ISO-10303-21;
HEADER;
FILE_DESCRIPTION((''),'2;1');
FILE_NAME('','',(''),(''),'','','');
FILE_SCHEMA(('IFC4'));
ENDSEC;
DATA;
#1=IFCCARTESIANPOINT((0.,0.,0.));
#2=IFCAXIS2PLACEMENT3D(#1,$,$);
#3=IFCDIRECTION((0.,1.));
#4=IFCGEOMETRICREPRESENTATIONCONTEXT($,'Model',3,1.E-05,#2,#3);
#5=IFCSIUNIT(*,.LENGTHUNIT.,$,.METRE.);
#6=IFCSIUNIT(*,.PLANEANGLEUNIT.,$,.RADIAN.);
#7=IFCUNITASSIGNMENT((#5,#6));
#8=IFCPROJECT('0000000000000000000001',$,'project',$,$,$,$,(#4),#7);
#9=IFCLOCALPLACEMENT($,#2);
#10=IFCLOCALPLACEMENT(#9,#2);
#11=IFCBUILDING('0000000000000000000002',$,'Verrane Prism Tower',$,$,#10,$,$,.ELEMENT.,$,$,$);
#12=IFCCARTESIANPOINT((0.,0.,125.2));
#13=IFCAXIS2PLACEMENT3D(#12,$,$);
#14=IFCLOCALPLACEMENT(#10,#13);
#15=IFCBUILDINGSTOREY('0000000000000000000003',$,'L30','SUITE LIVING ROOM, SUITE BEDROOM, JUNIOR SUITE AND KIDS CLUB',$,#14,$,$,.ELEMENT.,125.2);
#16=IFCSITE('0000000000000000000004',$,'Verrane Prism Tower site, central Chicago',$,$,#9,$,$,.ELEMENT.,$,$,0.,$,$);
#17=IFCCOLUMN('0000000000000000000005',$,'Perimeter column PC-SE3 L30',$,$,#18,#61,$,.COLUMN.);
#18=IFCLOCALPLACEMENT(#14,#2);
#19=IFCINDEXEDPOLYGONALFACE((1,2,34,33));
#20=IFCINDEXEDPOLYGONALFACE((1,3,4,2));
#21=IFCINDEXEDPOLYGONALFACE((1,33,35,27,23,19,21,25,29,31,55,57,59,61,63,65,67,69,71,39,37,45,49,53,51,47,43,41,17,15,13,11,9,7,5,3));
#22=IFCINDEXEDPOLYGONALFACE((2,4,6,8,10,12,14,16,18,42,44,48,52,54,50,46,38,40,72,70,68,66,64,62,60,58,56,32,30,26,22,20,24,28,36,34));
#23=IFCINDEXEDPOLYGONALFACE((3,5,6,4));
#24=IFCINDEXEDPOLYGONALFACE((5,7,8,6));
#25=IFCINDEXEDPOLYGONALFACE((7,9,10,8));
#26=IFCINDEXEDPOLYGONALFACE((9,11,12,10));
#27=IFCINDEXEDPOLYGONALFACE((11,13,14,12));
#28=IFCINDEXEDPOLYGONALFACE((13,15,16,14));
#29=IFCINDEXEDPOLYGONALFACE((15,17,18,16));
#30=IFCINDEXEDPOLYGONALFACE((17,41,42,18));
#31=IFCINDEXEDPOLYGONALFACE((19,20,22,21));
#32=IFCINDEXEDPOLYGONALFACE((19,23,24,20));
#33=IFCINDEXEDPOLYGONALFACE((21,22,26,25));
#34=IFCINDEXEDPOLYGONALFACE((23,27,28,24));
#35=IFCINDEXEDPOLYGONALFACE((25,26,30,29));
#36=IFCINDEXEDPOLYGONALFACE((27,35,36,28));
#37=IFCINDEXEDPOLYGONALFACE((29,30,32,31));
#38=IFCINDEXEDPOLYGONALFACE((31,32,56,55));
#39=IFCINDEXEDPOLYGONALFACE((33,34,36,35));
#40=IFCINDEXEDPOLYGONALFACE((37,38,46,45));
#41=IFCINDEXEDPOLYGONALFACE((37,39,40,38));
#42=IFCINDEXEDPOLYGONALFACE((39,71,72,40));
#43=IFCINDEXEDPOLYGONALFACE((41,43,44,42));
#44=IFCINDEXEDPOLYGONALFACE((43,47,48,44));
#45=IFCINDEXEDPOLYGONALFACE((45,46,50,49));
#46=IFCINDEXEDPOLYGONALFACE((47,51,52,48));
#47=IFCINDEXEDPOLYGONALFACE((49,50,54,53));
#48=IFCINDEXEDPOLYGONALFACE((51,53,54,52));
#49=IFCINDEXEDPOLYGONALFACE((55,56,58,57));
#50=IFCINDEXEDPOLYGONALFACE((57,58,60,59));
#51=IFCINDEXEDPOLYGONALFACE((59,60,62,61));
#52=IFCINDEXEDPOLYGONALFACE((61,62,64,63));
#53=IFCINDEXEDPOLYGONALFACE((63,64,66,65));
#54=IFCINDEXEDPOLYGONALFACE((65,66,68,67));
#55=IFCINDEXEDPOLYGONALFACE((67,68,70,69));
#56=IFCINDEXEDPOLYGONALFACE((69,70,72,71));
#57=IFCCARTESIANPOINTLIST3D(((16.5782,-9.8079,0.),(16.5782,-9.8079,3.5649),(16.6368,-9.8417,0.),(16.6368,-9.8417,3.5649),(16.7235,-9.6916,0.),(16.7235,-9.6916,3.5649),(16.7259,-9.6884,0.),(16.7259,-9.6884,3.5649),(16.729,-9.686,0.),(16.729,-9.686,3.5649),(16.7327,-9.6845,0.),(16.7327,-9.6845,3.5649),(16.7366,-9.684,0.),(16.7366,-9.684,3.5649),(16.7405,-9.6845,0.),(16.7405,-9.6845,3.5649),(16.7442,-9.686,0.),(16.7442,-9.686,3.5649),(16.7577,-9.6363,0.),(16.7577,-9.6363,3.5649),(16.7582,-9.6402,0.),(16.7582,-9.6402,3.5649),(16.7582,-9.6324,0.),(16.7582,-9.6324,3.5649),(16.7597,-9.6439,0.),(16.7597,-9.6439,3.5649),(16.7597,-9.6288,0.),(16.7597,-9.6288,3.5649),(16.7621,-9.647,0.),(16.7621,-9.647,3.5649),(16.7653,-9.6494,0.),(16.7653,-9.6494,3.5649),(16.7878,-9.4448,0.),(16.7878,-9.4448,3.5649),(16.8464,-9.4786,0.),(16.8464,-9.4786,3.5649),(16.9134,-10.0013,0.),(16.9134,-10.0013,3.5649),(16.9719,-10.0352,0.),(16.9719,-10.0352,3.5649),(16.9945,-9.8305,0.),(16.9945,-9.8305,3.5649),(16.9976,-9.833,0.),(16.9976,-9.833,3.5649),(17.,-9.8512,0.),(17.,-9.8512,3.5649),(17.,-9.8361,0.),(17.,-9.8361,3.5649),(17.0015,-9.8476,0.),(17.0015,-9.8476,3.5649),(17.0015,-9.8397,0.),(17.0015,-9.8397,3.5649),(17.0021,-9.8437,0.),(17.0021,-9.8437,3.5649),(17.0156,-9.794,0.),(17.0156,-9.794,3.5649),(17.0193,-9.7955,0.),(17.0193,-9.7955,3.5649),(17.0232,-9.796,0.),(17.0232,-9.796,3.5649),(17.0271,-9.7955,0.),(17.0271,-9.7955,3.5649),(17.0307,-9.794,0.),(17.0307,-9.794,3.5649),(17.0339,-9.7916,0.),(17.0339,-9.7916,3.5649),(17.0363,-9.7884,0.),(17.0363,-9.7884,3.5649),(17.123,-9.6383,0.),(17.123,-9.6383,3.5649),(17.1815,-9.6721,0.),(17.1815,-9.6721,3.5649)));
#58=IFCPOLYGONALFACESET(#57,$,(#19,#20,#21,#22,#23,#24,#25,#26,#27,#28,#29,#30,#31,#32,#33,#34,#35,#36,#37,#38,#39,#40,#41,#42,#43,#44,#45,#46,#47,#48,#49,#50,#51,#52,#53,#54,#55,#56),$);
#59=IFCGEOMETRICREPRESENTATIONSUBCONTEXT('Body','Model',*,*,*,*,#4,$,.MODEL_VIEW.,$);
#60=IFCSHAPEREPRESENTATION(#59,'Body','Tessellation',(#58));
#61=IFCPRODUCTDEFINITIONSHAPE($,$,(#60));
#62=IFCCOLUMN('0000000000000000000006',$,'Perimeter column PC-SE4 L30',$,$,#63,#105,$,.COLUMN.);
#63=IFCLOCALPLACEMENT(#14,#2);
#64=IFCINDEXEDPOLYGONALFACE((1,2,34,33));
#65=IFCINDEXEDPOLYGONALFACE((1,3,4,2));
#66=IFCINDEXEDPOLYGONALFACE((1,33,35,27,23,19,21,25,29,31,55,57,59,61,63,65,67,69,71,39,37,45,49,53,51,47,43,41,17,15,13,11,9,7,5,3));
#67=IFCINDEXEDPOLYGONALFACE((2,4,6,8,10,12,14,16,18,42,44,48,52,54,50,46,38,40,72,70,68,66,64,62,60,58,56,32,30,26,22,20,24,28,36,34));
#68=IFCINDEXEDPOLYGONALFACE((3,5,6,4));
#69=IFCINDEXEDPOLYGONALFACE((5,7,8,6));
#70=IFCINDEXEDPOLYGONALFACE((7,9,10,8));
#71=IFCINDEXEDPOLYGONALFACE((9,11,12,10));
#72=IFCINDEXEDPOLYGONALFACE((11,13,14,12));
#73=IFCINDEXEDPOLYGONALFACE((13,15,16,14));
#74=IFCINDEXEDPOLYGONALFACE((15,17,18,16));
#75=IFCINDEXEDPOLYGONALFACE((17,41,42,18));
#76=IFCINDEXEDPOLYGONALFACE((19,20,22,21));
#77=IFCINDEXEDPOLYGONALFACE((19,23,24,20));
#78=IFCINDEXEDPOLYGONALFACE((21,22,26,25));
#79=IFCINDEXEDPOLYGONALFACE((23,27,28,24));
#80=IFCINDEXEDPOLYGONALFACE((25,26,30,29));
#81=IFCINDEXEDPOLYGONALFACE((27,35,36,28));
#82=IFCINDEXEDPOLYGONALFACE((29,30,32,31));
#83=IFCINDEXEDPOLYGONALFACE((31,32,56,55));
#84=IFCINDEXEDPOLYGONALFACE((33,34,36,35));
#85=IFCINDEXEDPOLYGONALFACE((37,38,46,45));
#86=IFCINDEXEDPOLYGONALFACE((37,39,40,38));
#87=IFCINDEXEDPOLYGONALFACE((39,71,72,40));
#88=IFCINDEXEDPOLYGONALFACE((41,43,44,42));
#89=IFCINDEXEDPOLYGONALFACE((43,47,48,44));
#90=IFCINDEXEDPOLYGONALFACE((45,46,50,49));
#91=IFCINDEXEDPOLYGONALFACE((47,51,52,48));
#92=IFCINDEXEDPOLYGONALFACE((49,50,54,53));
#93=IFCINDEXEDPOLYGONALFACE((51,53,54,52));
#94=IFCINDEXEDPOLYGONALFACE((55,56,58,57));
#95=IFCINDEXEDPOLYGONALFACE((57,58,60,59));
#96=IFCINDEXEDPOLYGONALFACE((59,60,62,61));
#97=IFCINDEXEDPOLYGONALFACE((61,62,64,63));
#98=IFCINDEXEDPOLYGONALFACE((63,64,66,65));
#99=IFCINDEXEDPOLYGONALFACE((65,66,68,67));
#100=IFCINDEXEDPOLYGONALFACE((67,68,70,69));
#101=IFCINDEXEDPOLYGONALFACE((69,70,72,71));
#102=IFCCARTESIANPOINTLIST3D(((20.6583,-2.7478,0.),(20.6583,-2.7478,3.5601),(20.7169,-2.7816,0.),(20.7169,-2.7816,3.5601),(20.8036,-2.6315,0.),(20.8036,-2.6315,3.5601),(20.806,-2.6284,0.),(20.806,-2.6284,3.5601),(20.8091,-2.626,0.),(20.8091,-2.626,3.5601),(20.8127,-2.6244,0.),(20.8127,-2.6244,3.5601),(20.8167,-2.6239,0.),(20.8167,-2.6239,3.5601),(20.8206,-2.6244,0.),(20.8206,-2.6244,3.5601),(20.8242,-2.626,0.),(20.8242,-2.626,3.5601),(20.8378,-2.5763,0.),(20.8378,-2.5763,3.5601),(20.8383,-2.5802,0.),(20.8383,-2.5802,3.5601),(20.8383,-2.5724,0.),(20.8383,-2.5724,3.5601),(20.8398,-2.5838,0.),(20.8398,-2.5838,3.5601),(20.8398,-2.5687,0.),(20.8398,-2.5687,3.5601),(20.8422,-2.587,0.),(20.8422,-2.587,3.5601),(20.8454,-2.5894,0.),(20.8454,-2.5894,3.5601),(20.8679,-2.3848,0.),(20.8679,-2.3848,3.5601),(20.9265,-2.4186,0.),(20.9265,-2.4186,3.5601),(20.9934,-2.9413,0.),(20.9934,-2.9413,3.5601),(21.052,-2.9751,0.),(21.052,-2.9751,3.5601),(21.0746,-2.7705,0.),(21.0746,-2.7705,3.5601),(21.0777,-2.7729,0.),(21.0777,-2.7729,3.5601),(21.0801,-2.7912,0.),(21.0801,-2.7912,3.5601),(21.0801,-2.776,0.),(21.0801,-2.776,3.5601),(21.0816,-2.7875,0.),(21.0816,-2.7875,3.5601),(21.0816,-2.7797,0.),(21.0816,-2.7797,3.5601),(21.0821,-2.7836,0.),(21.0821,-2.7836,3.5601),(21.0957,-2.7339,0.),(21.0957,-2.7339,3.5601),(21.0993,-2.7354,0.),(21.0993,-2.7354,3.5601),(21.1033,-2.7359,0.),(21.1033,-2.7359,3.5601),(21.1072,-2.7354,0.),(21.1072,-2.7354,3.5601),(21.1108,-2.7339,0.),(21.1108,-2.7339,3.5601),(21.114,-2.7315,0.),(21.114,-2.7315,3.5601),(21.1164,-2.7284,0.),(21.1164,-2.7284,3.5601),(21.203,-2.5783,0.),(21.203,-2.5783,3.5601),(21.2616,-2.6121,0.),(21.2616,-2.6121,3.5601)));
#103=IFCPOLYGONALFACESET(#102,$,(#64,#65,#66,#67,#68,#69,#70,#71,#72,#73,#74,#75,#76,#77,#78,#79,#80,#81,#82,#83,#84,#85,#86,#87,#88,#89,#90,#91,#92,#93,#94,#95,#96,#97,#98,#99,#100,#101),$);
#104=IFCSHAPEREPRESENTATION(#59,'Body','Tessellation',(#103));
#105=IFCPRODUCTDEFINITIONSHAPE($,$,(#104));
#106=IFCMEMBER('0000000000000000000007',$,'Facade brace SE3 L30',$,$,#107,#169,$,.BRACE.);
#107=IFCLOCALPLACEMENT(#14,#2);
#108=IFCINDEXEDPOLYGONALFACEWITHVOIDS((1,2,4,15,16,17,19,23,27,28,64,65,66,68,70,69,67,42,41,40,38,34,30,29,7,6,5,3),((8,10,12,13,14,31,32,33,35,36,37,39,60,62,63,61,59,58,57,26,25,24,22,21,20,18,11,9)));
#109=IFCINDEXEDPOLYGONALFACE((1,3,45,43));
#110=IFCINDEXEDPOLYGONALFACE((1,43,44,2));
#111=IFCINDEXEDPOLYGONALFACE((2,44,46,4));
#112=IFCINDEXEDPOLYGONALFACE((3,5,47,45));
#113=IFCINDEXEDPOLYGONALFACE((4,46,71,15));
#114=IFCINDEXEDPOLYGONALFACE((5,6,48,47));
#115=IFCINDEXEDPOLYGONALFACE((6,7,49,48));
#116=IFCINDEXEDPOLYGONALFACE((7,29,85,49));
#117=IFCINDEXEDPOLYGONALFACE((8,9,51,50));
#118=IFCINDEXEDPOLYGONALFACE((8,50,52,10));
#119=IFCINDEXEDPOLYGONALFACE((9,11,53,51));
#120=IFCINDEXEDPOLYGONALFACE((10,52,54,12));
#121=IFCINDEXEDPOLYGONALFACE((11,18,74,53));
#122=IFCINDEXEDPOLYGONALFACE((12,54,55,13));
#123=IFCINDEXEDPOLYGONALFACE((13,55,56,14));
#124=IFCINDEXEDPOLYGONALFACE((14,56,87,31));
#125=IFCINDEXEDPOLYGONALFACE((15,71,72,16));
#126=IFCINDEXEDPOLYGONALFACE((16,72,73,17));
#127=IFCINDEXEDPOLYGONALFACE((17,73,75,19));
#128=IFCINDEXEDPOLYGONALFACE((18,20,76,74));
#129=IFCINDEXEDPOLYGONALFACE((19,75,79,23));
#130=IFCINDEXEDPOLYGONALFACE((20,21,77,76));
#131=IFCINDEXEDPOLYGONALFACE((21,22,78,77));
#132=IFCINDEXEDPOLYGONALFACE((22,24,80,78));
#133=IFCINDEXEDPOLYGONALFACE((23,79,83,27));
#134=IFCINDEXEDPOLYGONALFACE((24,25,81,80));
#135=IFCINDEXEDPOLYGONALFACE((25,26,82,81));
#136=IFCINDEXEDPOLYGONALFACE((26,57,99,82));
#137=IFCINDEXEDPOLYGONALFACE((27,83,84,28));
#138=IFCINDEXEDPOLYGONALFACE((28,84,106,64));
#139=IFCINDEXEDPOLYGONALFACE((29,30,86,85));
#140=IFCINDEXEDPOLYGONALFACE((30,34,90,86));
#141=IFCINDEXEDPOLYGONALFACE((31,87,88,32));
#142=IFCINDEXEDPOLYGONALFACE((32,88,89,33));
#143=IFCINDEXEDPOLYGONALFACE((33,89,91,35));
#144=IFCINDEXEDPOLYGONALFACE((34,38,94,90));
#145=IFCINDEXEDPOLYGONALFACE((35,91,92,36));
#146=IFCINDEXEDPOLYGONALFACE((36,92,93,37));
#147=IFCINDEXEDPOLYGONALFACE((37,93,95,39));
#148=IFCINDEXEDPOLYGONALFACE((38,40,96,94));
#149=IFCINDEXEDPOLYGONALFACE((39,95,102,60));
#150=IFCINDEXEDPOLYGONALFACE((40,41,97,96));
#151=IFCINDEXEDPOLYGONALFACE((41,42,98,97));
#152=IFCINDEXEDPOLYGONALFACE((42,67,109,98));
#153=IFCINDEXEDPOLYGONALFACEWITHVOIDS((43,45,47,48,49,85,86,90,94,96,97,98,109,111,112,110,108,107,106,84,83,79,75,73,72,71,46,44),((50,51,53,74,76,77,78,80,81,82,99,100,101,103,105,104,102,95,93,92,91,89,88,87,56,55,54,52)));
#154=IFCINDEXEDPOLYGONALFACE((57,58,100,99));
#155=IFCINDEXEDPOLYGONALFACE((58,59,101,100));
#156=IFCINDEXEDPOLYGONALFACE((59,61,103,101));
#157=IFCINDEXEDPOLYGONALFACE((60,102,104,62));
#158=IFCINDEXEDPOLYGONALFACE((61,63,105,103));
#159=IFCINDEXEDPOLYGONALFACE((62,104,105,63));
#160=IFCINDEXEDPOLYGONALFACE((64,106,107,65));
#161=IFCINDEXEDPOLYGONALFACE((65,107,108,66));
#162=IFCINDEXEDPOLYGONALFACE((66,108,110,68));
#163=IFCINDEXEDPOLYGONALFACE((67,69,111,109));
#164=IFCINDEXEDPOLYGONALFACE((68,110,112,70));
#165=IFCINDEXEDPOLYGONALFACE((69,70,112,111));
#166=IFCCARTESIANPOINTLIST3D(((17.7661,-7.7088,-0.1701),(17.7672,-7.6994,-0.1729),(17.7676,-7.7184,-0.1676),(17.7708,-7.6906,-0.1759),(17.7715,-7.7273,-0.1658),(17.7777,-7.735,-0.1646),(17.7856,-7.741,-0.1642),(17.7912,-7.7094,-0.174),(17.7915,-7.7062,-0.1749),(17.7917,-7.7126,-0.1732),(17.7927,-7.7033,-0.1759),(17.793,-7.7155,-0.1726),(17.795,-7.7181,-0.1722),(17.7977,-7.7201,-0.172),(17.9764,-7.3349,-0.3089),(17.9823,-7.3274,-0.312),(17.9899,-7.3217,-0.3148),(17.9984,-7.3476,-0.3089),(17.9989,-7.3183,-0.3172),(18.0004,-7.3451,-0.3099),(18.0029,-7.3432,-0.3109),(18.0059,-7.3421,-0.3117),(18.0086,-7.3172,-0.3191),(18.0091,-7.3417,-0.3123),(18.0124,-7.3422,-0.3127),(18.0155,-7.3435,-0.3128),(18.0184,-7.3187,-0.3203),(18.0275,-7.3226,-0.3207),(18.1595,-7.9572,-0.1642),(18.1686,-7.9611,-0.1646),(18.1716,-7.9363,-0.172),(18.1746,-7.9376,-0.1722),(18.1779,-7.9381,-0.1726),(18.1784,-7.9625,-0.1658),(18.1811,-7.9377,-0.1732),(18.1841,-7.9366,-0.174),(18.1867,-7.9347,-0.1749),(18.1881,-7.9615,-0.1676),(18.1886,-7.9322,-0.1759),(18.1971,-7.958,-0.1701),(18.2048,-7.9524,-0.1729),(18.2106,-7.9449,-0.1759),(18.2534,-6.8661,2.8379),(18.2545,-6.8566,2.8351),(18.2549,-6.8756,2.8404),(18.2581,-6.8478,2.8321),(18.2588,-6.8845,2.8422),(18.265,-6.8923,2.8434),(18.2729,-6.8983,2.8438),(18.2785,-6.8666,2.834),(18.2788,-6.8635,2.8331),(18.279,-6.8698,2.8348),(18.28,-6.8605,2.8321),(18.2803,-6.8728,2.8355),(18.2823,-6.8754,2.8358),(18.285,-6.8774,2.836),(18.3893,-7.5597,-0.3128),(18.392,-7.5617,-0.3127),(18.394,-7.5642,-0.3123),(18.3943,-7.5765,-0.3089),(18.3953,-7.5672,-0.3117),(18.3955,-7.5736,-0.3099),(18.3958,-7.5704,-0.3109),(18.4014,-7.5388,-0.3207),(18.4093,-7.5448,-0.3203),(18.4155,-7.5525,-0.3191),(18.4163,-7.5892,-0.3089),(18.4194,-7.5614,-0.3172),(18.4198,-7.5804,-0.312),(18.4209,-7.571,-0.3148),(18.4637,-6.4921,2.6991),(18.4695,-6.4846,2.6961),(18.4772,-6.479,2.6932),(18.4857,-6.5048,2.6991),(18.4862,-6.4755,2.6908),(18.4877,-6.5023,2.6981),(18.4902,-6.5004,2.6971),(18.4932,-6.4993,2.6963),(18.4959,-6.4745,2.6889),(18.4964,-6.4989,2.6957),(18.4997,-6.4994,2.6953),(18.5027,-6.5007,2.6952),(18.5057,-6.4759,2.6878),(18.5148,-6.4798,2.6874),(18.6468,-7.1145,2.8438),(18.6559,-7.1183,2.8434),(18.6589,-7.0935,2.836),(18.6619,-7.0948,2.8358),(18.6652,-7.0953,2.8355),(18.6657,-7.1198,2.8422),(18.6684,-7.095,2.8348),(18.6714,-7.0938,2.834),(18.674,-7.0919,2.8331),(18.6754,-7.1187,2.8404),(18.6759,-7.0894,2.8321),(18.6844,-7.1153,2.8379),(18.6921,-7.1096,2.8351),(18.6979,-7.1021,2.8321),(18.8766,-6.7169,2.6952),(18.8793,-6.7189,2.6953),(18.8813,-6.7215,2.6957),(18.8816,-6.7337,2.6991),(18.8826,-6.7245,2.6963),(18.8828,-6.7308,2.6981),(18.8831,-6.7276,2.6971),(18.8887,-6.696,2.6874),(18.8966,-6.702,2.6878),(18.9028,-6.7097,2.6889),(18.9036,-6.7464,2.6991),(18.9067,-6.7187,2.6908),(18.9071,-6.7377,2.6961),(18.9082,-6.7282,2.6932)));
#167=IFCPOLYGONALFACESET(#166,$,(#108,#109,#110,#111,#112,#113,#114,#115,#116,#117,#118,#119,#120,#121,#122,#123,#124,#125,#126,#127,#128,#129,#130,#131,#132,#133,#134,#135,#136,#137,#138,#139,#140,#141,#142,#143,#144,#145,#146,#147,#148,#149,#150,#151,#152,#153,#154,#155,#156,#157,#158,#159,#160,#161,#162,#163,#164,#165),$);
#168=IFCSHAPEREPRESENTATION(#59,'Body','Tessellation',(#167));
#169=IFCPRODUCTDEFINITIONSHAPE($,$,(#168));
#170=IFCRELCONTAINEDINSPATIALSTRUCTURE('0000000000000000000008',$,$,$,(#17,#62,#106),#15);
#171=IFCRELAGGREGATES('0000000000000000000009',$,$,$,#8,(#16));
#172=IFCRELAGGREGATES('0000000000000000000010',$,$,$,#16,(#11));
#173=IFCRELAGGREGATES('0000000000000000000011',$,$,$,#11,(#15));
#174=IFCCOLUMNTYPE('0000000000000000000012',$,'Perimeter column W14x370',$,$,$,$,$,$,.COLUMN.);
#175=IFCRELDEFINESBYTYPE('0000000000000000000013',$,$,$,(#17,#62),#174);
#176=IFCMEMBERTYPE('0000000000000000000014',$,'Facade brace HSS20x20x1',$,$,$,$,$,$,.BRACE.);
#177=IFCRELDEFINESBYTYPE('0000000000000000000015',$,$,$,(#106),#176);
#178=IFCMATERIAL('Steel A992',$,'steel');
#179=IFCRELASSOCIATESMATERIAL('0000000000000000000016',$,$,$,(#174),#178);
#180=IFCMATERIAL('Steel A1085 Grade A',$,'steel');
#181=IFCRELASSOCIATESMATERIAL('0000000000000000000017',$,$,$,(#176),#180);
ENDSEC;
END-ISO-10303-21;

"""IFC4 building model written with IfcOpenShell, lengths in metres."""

from ifc_helpers import new_model, si_unit, direction, frame, origin, origin_2d, place, context, subcontext, project, spatial, hollow_rectangle, i_section, extrude, material, material_profile, profile_set, type_object, element, save


model = new_model("IFC4")

# Units and contexts
model_context = context("Model", 3, precision=1e-05, world=origin(), true_north=direction((0.0, 1.0)))
body_context = subcontext(model_context, "Body", "Model", "MODEL_VIEW")
ifc_project = project(units=[si_unit("LENGTHUNIT", "METRE"), si_unit("PLANEANGLEUNIT", "RADIAN")], contexts=[model_context])

# Site, building, storey
site_placement = place(None, origin())
site = spatial("IfcSite", under=ifc_project, at=site_placement, Name="Verrane Prism Tower site, central Chicago", CompositionType="ELEMENT", RefElevation=0.0)
building_placement = place(site_placement, origin())
building = spatial("IfcBuilding", under=site, at=building_placement, Name="Verrane Prism Tower", CompositionType="ELEMENT")
storey_placement = place(building_placement, frame((0.0, 0.0, 125.2)))
storey = spatial("IfcBuildingStorey", under=building, at=storey_placement, Name="L30", Description="SUITE LIVING ROOM, SUITE BEDROOM, JUNIOR SUITE AND KIDS CLUB", CompositionType="ELEMENT", Elevation=125.2)

# Columns
ifc_material_1 = material(Name="Steel A992", Category="steel")
ifc_material_profile_1 = material_profile(ifc_material_1, i_section(OverallWidth=0.4192, OverallDepth=0.4546, WebThickness=0.0422, FlangeThickness=0.0676, FilletRadius=0.0151, at=origin_2d()), Name="W14x370")
ifc_profile_set_1 = profile_set([ifc_material_profile_1], Name="Steel A992")
column_type = type_object("IfcColumnType", Name="Perimeter column W14x370", PredefinedType="COLUMN", material=ifc_profile_set_1)
column_1_placement = place(storey_placement, frame((16.8799, -9.74, 0.0), z_axis=(0.0, 0.0, 1.0), x_axis=(-0.5, -0.866025, 0.0)))
element("IfcColumn", 1, at=column_1_placement, inside=storey, type_object=column_type, Name="Perimeter column PC-SE3 L30", PredefinedType="COLUMN", context=body_context, shape_type="SweptSolid", body=[
    extrude(i_section(OverallWidth=0.4192, OverallDepth=0.4546, WebThickness=0.0422, FlangeThickness=0.0676, FilletRadius=0.0151, at=origin_2d()), origin(), (0.0, 0.0, 1.0), 3.5649),
])
column_2_placement = place(storey_placement, frame((20.96, -2.6799, 0.0), z_axis=(0.0, 0.0, 1.0), x_axis=(-0.5, -0.866025, 0.0)))
element("IfcColumn", 2, at=column_2_placement, inside=storey, type_object=column_type, Name="Perimeter column PC-SE4 L30", PredefinedType="COLUMN", context=body_context, shape_type="SweptSolid", body=[
    extrude(i_section(OverallWidth=0.4192, OverallDepth=0.4546, WebThickness=0.0422, FlangeThickness=0.0676, FilletRadius=0.0151, at=origin_2d()), origin(), (0.0, 0.0, 1.0), 3.5601),
])

# Member
ifc_material_2 = material(Name="Steel A1085 Grade A", Category="steel")
ifc_material_profile_2 = material_profile(ifc_material_2, hollow_rectangle(XDim=0.5081, YDim=0.5081, WallThickness=0.0254, InnerFilletRadius=0.0127, OuterFilletRadius=0.0381, at=origin_2d()), Name="HSS20x20x1")
ifc_profile_set_2 = profile_set([ifc_material_profile_2], Name="Steel A1085 Grade A")
member_type_1 = type_object("IfcMemberType", Name="Facade brace HSS20x20x1", PredefinedType="BRACE", material=ifc_profile_set_2)
member_1_placement = place(storey_placement, frame((18.0935, -7.6399, -0.2424), z_axis=(0.154129, 0.26656, 0.951415), x_axis=(-0.865701, 0.500562, 0.0)))
element("IfcMember", 3, at=member_1_placement, inside=storey, type_object=member_type_1, Name="Facade brace SE3 L30", PredefinedType="BRACE", context=body_context, shape_type="SweptSolid", body=[
    extrude(hollow_rectangle(XDim=0.5081, YDim=0.5081, WallThickness=0.0254, InnerFilletRadius=0.0127, OuterFilletRadius=0.0381, at=origin_2d()), origin(), (0.0, 0.0, 1.0), 3.1616),
])

save(model, "model.ifc")
